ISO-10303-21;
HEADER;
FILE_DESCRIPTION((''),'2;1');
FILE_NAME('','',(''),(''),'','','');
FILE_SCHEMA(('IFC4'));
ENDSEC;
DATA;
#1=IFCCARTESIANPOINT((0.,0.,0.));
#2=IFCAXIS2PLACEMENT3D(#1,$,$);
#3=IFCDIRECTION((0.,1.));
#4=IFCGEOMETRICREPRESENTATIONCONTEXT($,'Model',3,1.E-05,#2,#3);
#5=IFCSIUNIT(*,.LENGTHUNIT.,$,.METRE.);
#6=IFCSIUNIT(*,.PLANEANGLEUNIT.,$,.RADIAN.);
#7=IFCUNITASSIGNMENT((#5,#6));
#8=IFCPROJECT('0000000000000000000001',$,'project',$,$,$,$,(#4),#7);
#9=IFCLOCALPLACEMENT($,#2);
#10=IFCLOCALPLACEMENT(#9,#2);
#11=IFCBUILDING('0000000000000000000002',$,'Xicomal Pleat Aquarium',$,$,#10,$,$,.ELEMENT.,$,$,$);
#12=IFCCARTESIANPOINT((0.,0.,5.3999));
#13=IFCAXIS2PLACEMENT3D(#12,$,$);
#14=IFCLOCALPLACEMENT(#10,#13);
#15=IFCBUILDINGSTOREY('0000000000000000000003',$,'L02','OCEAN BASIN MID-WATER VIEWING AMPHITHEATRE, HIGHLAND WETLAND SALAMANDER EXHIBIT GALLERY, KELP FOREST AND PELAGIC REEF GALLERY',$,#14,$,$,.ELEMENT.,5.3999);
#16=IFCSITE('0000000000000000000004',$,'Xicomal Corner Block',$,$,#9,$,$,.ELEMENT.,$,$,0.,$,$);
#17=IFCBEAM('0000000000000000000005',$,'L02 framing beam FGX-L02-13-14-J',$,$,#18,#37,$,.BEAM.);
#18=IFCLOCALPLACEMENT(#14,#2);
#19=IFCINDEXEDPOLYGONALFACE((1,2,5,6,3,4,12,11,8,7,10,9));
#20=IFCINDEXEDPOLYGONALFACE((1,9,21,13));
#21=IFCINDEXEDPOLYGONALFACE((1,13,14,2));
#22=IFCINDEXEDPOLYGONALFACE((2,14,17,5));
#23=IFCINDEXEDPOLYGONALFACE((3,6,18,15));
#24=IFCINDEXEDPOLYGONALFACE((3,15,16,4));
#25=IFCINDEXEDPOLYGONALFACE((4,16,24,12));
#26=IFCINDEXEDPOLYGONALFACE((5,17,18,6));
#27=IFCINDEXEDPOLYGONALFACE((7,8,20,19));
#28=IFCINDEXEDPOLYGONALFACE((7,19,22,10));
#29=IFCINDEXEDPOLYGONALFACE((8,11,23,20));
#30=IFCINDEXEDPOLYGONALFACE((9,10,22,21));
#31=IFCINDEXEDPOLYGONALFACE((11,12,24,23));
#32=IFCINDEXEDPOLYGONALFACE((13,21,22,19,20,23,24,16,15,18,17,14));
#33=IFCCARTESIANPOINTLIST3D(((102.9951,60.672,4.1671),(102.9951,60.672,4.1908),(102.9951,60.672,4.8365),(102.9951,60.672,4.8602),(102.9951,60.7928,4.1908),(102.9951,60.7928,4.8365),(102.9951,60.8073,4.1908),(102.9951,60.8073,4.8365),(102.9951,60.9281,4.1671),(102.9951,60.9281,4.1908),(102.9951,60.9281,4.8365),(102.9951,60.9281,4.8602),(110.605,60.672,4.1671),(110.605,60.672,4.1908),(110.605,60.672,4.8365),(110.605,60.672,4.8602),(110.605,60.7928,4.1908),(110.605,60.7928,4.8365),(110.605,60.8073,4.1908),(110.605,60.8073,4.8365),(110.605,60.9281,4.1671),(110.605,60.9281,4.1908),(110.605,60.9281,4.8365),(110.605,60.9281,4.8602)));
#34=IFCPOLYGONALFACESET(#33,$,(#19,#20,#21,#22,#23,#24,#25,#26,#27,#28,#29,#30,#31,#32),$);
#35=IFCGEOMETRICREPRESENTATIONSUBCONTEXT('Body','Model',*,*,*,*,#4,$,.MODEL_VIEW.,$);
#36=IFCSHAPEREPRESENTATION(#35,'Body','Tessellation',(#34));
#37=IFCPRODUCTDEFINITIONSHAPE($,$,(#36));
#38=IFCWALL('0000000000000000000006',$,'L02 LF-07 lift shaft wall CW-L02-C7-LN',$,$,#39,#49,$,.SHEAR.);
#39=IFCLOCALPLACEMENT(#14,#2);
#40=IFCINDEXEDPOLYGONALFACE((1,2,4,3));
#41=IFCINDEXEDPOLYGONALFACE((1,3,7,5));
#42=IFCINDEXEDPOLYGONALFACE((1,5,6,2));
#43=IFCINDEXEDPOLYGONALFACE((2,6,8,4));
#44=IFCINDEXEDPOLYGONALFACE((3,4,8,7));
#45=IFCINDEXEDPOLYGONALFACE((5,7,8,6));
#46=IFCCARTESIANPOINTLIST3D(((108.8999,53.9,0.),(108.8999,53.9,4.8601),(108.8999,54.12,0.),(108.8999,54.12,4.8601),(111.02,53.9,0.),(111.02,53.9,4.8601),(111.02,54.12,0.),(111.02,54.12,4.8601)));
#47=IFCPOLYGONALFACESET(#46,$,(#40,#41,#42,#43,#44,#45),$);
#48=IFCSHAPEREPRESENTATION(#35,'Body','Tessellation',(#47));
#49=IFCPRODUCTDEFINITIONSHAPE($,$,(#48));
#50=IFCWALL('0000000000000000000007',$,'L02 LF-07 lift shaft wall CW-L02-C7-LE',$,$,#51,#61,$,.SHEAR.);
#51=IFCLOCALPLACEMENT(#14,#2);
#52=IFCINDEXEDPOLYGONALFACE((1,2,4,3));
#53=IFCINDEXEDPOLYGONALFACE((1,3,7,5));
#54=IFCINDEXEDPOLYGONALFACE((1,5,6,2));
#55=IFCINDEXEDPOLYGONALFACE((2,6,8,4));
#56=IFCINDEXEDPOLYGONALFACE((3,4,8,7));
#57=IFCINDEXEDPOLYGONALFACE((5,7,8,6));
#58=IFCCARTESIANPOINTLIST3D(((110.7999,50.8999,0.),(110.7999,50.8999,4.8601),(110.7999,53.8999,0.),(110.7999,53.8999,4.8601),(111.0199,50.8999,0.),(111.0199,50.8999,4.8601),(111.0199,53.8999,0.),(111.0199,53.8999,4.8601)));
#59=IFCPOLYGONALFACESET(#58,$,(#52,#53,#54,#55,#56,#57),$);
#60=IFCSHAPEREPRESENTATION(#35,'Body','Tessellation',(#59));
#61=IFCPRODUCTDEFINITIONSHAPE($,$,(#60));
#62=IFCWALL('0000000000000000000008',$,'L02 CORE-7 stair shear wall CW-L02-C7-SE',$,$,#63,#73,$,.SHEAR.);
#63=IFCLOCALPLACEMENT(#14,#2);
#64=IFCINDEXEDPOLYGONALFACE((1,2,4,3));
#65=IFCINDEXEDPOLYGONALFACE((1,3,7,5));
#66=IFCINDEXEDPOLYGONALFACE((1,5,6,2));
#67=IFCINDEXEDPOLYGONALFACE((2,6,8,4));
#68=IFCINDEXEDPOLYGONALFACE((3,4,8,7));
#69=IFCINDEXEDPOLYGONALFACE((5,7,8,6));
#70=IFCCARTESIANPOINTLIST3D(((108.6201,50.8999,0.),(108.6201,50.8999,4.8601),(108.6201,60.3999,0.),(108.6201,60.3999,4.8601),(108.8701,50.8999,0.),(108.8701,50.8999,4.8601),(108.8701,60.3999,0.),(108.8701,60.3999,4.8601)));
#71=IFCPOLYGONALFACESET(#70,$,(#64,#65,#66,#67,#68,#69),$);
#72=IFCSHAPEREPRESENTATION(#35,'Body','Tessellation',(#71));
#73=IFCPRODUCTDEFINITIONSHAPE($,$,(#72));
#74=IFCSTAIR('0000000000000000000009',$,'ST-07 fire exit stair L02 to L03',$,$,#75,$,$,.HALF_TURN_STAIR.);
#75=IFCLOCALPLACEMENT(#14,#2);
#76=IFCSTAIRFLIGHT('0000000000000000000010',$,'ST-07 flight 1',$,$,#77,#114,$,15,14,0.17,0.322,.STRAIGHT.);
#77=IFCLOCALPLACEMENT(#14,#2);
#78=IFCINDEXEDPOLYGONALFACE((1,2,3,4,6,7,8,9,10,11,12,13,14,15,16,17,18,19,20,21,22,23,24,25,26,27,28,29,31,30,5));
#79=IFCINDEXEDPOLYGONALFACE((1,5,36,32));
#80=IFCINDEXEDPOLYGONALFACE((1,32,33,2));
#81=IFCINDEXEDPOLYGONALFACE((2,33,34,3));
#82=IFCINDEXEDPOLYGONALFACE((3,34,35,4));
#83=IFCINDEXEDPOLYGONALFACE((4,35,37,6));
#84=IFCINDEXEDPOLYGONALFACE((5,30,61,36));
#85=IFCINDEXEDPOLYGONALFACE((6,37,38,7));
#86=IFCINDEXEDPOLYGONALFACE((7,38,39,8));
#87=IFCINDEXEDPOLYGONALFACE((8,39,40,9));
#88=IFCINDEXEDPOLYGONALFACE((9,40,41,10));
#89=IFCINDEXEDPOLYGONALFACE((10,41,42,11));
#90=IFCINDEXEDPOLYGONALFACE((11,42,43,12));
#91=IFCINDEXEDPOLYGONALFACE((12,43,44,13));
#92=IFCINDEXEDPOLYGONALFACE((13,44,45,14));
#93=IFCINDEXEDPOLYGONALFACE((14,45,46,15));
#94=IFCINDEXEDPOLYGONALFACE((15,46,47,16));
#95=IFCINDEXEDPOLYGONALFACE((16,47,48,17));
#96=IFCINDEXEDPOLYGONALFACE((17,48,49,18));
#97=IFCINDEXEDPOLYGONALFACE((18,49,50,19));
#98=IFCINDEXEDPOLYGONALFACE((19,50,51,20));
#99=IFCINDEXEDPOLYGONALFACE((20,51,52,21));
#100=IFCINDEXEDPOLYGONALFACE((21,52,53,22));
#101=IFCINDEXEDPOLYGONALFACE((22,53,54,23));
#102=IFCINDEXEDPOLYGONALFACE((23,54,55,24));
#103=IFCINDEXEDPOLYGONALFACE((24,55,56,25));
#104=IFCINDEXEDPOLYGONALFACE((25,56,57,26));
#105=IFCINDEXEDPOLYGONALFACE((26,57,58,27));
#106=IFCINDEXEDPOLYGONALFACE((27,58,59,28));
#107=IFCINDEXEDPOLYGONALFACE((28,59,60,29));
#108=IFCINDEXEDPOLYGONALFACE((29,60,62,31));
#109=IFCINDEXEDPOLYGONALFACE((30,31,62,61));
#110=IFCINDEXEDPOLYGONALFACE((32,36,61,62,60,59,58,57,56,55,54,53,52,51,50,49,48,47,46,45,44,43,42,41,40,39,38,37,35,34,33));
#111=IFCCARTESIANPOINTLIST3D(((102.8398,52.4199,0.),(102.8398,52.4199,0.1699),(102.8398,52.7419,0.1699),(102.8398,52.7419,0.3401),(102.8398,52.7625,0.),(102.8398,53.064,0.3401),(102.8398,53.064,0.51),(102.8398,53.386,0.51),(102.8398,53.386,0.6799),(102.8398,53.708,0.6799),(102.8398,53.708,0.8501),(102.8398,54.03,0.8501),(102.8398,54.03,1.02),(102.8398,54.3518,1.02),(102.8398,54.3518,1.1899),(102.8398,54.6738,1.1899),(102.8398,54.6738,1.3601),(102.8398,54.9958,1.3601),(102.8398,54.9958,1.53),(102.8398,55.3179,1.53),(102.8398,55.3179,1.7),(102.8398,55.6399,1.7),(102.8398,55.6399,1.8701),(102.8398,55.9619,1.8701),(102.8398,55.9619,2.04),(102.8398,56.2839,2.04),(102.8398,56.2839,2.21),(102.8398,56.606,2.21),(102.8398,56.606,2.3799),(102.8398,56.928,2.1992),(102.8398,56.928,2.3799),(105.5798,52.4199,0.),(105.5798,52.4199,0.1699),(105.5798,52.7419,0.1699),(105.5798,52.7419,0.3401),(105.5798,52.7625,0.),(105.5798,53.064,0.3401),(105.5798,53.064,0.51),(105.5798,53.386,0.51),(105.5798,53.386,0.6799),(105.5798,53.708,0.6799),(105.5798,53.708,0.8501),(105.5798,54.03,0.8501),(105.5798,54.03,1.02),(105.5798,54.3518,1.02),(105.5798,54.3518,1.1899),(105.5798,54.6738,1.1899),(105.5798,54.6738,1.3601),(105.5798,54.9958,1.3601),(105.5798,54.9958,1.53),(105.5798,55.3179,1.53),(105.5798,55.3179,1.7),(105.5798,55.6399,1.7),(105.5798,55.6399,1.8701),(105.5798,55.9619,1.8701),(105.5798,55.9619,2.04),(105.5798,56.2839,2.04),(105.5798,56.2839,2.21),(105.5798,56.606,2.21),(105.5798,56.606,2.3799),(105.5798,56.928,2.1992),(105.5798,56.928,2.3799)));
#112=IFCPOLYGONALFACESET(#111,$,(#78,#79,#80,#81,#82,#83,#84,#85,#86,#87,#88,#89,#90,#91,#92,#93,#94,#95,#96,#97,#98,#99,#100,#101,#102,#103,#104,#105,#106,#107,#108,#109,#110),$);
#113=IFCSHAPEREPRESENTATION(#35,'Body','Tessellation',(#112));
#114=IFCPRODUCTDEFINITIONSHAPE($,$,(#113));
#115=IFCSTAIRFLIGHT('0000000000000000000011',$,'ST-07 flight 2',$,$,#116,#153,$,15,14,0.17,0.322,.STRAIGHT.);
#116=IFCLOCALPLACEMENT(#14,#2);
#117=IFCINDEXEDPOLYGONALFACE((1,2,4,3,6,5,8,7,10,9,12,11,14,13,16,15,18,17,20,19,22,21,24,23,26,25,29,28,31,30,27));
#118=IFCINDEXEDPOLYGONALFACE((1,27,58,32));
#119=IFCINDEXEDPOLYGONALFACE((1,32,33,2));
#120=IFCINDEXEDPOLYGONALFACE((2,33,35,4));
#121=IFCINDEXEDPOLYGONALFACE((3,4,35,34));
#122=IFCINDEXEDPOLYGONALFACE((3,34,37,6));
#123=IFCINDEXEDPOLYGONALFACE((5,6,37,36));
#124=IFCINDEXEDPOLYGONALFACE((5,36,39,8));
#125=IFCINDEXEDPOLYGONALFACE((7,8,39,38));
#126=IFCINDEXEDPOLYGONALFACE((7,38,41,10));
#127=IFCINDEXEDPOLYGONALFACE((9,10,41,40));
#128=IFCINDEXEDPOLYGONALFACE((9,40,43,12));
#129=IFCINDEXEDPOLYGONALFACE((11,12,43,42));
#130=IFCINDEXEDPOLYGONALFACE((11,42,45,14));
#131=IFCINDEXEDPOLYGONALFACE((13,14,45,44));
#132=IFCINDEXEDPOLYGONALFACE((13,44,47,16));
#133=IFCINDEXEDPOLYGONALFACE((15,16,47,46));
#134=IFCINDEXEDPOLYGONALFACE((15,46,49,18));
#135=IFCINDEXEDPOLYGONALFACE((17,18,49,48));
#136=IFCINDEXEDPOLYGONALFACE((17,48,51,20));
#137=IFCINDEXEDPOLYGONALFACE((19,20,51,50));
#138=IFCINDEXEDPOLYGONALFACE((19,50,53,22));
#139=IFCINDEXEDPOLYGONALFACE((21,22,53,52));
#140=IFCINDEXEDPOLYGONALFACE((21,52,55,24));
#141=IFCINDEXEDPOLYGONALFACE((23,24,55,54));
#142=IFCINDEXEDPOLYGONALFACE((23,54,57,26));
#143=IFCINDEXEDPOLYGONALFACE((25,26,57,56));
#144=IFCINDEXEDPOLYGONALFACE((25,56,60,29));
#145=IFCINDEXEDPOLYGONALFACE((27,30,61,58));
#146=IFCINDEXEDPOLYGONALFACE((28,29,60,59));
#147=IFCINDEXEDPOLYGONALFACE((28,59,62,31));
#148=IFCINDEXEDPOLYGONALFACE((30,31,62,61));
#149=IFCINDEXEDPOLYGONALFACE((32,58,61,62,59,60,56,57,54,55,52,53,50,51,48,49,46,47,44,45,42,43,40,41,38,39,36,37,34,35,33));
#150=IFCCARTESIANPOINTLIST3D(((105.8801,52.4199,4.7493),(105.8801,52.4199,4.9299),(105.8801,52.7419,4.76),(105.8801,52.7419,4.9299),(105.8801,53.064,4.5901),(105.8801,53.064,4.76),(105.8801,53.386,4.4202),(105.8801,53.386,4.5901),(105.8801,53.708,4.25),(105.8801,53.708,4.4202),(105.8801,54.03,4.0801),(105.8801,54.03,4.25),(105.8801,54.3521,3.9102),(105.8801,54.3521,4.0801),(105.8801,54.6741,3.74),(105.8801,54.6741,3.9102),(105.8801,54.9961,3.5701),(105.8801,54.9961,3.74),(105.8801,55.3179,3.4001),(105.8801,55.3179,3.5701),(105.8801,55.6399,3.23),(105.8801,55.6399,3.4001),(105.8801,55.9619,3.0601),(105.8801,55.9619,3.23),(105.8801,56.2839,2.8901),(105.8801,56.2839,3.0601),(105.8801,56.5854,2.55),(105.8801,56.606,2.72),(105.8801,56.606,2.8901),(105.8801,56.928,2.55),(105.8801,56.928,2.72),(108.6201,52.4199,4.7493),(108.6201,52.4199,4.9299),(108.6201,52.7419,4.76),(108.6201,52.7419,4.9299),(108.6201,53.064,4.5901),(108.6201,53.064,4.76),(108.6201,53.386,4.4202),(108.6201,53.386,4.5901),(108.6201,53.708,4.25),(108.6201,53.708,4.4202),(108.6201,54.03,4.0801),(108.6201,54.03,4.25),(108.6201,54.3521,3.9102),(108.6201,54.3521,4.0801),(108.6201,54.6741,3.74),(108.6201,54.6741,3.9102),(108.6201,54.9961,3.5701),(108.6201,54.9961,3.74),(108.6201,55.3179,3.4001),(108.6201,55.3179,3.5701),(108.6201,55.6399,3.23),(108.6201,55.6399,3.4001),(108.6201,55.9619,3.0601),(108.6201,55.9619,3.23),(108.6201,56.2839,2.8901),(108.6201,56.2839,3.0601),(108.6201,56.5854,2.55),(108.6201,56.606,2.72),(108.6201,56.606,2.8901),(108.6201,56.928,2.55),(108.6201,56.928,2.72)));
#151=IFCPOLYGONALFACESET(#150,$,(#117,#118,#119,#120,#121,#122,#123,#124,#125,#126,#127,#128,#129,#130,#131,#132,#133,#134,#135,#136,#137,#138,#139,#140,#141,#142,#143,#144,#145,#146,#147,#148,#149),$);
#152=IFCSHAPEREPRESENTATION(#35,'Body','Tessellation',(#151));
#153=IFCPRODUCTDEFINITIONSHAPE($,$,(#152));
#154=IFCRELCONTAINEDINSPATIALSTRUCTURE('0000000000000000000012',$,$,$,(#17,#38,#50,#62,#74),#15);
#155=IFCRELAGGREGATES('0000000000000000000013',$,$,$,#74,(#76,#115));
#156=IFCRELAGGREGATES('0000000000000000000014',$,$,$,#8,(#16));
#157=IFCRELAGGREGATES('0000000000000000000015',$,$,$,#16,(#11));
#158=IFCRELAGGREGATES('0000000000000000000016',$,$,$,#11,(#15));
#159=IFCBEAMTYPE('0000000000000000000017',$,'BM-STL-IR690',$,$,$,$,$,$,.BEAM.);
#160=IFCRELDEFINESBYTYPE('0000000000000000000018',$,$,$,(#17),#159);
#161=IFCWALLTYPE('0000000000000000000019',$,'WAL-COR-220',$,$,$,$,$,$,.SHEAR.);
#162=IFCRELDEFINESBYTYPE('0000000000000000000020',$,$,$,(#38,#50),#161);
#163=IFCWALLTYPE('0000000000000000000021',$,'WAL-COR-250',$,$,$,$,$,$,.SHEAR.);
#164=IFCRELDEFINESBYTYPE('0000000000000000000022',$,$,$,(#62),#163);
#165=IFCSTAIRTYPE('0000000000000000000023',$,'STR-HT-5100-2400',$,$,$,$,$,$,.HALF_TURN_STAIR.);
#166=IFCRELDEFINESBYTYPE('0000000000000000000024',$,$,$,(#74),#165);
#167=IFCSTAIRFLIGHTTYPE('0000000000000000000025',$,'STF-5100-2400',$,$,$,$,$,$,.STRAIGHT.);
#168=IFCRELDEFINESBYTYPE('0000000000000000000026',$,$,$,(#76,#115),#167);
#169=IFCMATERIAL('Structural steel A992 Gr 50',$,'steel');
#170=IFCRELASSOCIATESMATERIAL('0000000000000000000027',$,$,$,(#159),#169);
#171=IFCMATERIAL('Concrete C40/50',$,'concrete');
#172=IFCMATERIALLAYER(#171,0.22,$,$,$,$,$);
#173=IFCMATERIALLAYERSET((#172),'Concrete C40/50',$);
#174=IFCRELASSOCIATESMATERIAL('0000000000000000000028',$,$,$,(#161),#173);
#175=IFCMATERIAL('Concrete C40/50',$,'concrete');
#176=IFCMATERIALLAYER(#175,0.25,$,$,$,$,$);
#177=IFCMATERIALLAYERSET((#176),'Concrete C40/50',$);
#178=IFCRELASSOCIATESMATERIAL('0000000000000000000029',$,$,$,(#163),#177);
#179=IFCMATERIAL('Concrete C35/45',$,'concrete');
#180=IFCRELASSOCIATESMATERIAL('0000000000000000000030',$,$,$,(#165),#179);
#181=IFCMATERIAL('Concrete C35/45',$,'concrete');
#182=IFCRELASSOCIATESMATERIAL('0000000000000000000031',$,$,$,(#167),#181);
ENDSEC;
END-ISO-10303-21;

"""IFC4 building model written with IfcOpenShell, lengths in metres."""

from ifc_helpers import new_model, si_unit, direction, frame, frame_2d, origin, origin_2d, place, context, subcontext, project, spatial, polyline, rectangle, i_section, outline, extrude, material, layer, layer_set, material_profile, profile_set, type_object, element, aggregate, save


model = new_model("IFC4")

# Units and contexts
model_context = context("Model", 3, precision=1e-05, world=origin(), true_north=direction((0.0, 1.0)))
body_context = subcontext(model_context, "Body", "Model", "MODEL_VIEW")
ifc_project = project(units=[si_unit("LENGTHUNIT", "METRE"), si_unit("PLANEANGLEUNIT", "RADIAN")], contexts=[model_context])

# Site, building, storey
site_placement = place(None, origin())
site = spatial("IfcSite", under=ifc_project, at=site_placement, Name="Xicomal Corner Block", CompositionType="ELEMENT", RefElevation=0.0)
building_placement = place(site_placement, origin())
building = spatial("IfcBuilding", under=site, at=building_placement, Name="Xicomal Pleat Aquarium", CompositionType="ELEMENT")
storey_placement = place(building_placement, frame((0.0, 0.0, 5.3999)))
storey = spatial("IfcBuildingStorey", under=building, at=storey_placement, Name="L02", Description="OCEAN BASIN MID-WATER VIEWING AMPHITHEATRE, HIGHLAND WETLAND SALAMANDER EXHIBIT GALLERY, KELP FOREST AND PELAGIC REEF GALLERY", CompositionType="ELEMENT", Elevation=5.3999)

# Beam
ifc_material_1 = material(Name="Structural steel A992 Gr 50", Category="steel")
ifc_material_profile_1 = material_profile(ifc_material_1, i_section(OverallWidth=0.2561, OverallDepth=0.6931, WebThickness=0.0144, FlangeThickness=0.0237, at=origin_2d()), Name="IR 690x170")
ifc_profile_set_1 = profile_set([ifc_material_profile_1], Name="Structural steel A992 Gr 50")
beam_type_1 = type_object("IfcBeamType", Name="BM-STL-IR690", PredefinedType="BEAM", material=ifc_profile_set_1)
beam_1_placement = place(storey_placement, frame((102.9951, 60.8, 4.5137), z_axis=(1.0, 0.0, 0.0), x_axis=(0.0, 1.0, 0.0)))
element("IfcBeam", 1, at=beam_1_placement, inside=storey, type_object=beam_type_1, Name="L02 framing beam FGX-L02-13-14-J", PredefinedType="BEAM", context=body_context, shape_type="SweptSolid", body=[
    extrude(i_section(OverallWidth=0.2561, OverallDepth=0.6931, WebThickness=0.0144, FlangeThickness=0.0237, at=origin_2d()), origin(), (0.0, 0.0, 1.0), 7.6099),
])

# Shared definitions
ifc_material_2 = material(Name="Concrete C40/50", Category="concrete")
ifc_layer_1 = layer(ifc_material_2, 0.22)
ifc_layer_set_1 = layer_set([ifc_layer_1], Name="Concrete C40/50")
wall_type_1 = type_object("IfcWallType", Name="WAL-COR-220", PredefinedType="SHEAR", material=ifc_layer_set_1)

# Walls
wall_1_placement = place(storey_placement, frame((108.8999, 54.01, 0.0), z_axis=(0.0, 0.0, 1.0), x_axis=(1.0, 0.0, 0.0)))
element("IfcWall", 2, at=wall_1_placement, inside=storey, type_object=wall_type_1, Name="L02 LF-07 lift shaft wall CW-L02-C7-LN", PredefinedType="SHEAR", context=body_context, shape_type="SweptSolid", body=[
    extrude(rectangle(XDim=2.1201, YDim=0.22, at=frame_2d((1.0601, 0.0))), origin(), (0.0, 0.0, 1.0), 4.8601),
])
wall_2_placement = place(storey_placement, frame((110.9099, 50.8999, 0.0), z_axis=(0.0, 0.0, 1.0), x_axis=(0.0, 1.0, 0.0)))
element("IfcWall", 3, at=wall_2_placement, inside=storey, type_object=wall_type_1, Name="L02 LF-07 lift shaft wall CW-L02-C7-LE", PredefinedType="SHEAR", context=body_context, shape_type="SweptSolid", body=[
    extrude(rectangle(XDim=3.0, YDim=0.22, at=frame_2d((1.5, 0.0))), origin(), (0.0, 0.0, 1.0), 4.8601),
])
ifc_material_3 = material(Name="Concrete C40/50", Category="concrete")
ifc_layer_2 = layer(ifc_material_3, 0.25)
ifc_layer_set_2 = layer_set([ifc_layer_2], Name="Concrete C40/50")
wall_type_2 = type_object("IfcWallType", Name="WAL-COR-250", PredefinedType="SHEAR", material=ifc_layer_set_2)
wall_3_placement = place(storey_placement, frame((108.7451, 50.8999, 0.0), z_axis=(0.0, 0.0, 1.0), x_axis=(0.0, 1.0, 0.0)))
element("IfcWall", 4, at=wall_3_placement, inside=storey, type_object=wall_type_2, Name="L02 CORE-7 stair shear wall CW-L02-C7-SE", PredefinedType="SHEAR", context=body_context, shape_type="SweptSolid", body=[
    extrude(rectangle(XDim=9.5, YDim=0.25, at=frame_2d((4.75, 0.0))), origin(), (0.0, 0.0, 1.0), 4.8601),
])

# Stair, stair flights
ifc_material_4 = material(Name="Concrete C35/45", Category="concrete")
stair_type = type_object("IfcStairType", Name="STR-HT-5100-2400", PredefinedType="HALF_TURN_STAIR", material=ifc_material_4)
stair_placement = place(storey_placement, origin())
stair = element("IfcStair", 5, at=stair_placement, inside=storey, type_object=stair_type, Name="ST-07 fire exit stair L02 to L03", PredefinedType="HALF_TURN_STAIR")
ifc_material_5 = material(Name="Concrete C35/45", Category="concrete")
stair_flight_type = type_object("IfcStairFlightType", Name="STF-5100-2400", PredefinedType="STRAIGHT", material=ifc_material_5)
stair_flight_1_placement = place(storey_placement, frame((104.21, 52.4199, 0.0), z_axis=(0.0, 0.0, 1.0), x_axis=(0.0, 1.0, 0.0)))
stair_flight_1 = element("IfcStairFlight", 6, at=stair_flight_1_placement, type_object=stair_flight_type, Name="ST-07 flight 1", NumberOfRisers=15, NumberOfTreads=14, PredefinedType="STRAIGHT", RiserHeight=0.17, TreadLength=0.322, context=body_context, shape_type="SweptSolid", body=[
    extrude(outline(polyline([(0.0, 0.0), (0.0, 0.1699), (0.322, 0.1699), (0.322, 0.3401), (0.644, 0.3401), (0.644, 0.51), (0.9661, 0.51), (0.9661, 0.6799), (1.2881, 0.6799), (1.2881, 0.8501), (1.6101, 0.8501), (1.6101, 1.02), (1.9319, 1.02), (1.9319, 1.1899), (2.2539, 1.1899), (2.2539, 1.3601), (2.5759, 1.3601), (2.5759, 1.53), (2.8979, 1.53), (2.8979, 1.7), (3.22, 1.7), (3.22, 1.8701), (3.542, 1.8701), (3.542, 2.04), (3.864, 2.04), (3.864, 2.21), (4.186, 2.21), (4.186, 2.3799), (4.5081, 2.3799), (4.5081, 2.55), (4.5081, 2.1992), (0.3425, 0.0), (0.0, 0.0)])), frame((0.0, 1.3701, 0.0), z_axis=(0.0, -1.0, 0.0), x_axis=(1.0, 0.0, 0.0)), (0.0, 0.0, 1.0), 2.74),
])
stair_flight_2_placement = place(storey_placement, frame((107.25, 56.928, 2.55), z_axis=(0.0, 0.0, 1.0), x_axis=(0.0, -1.0, 0.0)))
stair_flight_2 = element("IfcStairFlight", 7, at=stair_flight_2_placement, type_object=stair_flight_type, Name="ST-07 flight 2", NumberOfRisers=15, NumberOfTreads=14, PredefinedType="STRAIGHT", RiserHeight=0.17, TreadLength=0.322, context=body_context, shape_type="SweptSolid", body=[
    extrude(outline(polyline([(0.0, 0.0), (0.0, 0.1699), (0.322, 0.1699), (0.322, 0.3401), (0.644, 0.3401), (0.644, 0.51), (0.9661, 0.51), (0.9661, 0.6799), (1.2881, 0.6799), (1.2881, 0.8501), (1.6101, 0.8501), (1.6101, 1.02), (1.9319, 1.02), (1.9319, 1.1899), (2.2539, 1.1899), (2.2539, 1.3601), (2.5759, 1.3601), (2.5759, 1.53), (2.8979, 1.53), (2.8979, 1.7), (3.22, 1.7), (3.22, 1.8701), (3.542, 1.8701), (3.542, 2.04), (3.864, 2.04), (3.864, 2.21), (4.186, 2.21), (4.186, 2.3799), (4.5081, 2.3799), (4.5081, 2.55), (4.5081, 2.1992), (0.3425, 0.0), (0.0, 0.0)])), frame((0.0, 1.3701, 0.0), z_axis=(0.0, -1.0, 0.0), x_axis=(1.0, 0.0, 0.0)), (0.0, 0.0, 1.0), 2.74),
])
aggregate(stair, [stair_flight_1, stair_flight_2])

save(model, "model.ifc")
